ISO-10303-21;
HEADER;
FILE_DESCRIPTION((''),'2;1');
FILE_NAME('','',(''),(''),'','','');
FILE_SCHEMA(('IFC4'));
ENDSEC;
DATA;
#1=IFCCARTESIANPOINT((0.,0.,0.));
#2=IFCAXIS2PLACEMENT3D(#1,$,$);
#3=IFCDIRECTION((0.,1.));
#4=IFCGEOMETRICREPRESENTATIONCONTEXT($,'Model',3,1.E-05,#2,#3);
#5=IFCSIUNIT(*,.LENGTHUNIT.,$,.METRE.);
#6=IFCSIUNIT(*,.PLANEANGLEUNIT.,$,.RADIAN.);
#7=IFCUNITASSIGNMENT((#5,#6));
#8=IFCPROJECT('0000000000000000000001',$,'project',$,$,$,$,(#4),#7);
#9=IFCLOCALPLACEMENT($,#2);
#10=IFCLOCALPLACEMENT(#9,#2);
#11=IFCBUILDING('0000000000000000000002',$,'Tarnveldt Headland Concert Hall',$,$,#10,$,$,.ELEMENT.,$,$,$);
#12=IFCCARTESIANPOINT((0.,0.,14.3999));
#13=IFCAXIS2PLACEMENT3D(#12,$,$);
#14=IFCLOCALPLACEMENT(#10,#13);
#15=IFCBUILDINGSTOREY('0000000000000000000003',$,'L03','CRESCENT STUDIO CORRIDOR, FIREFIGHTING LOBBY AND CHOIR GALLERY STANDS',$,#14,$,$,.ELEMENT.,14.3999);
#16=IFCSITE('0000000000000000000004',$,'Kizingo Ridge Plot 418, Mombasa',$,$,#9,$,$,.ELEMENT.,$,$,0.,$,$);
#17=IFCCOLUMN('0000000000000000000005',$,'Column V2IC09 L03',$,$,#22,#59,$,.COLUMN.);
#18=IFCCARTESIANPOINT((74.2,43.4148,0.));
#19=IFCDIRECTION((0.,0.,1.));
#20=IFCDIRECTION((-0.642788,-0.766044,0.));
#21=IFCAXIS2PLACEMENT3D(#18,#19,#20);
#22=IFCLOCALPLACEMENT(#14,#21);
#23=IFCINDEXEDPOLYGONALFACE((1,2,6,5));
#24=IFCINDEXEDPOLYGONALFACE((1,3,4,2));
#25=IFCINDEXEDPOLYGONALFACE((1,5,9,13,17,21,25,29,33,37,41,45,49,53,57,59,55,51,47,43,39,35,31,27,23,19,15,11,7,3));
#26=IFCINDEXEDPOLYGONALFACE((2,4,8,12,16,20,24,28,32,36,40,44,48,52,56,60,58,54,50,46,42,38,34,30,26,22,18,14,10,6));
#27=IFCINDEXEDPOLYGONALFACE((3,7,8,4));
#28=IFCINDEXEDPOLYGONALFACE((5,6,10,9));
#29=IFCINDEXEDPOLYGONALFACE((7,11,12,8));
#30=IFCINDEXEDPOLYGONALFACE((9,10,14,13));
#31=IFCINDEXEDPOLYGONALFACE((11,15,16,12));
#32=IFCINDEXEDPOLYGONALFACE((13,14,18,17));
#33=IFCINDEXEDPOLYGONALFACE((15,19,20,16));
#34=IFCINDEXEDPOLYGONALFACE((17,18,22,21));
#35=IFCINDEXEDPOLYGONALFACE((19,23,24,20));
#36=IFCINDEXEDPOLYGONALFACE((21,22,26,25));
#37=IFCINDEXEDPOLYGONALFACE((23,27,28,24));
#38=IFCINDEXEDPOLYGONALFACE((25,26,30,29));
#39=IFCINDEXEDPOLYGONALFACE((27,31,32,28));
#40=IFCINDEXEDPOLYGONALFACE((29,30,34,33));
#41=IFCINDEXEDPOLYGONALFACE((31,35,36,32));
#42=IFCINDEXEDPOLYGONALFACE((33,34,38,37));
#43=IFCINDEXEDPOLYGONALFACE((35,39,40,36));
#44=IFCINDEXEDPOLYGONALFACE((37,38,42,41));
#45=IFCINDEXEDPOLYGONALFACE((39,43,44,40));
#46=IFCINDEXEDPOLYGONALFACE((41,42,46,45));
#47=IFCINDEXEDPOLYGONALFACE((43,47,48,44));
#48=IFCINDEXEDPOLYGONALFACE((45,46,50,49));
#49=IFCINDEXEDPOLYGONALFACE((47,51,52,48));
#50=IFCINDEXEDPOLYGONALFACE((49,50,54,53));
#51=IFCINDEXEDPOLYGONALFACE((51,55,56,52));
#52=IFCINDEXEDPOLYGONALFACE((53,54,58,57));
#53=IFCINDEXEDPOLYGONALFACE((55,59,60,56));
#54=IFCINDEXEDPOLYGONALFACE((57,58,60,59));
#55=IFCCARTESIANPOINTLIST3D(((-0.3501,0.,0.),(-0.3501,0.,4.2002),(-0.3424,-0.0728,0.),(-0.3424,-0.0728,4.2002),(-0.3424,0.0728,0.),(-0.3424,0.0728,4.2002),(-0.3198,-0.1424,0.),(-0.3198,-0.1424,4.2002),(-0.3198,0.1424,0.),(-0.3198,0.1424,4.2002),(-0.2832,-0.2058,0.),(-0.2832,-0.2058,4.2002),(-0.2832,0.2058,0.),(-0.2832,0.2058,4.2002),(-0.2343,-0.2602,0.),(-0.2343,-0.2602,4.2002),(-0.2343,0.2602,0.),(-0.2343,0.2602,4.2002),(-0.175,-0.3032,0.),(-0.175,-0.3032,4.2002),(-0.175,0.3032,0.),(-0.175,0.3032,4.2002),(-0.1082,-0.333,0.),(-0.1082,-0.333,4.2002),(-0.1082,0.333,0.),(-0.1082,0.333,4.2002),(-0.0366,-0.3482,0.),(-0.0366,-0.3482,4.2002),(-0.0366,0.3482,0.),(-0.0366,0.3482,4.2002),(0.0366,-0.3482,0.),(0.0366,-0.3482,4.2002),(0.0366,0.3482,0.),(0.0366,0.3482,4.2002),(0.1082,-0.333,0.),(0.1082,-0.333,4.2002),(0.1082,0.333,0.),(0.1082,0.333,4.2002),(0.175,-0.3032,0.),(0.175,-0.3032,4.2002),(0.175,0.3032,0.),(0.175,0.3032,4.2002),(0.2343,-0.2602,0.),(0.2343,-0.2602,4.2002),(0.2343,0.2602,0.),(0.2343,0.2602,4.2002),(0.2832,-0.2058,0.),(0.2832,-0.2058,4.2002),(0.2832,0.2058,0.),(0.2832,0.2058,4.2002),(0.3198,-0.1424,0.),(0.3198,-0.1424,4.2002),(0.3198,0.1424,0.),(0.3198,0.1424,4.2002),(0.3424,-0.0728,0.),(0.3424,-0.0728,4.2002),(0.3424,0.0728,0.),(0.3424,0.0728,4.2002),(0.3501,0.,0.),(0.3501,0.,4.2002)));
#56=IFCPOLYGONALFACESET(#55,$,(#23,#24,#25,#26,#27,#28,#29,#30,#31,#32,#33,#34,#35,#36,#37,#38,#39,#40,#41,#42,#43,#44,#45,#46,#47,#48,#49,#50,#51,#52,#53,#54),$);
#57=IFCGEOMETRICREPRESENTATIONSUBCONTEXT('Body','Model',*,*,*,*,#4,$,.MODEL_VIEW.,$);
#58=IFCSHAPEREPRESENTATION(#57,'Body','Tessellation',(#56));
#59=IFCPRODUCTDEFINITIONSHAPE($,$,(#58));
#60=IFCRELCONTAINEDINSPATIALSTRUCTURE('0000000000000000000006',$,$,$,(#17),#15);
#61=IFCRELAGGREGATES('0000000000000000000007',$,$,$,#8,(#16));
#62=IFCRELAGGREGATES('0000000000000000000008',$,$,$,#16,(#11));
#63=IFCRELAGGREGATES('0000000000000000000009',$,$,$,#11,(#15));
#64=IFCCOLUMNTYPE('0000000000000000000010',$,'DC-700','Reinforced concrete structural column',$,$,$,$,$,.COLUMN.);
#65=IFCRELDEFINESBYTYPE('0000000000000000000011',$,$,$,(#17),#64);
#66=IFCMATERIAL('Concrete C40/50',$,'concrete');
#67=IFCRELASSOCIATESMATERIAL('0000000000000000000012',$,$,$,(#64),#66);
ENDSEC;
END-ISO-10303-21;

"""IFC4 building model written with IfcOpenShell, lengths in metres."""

from ifc_helpers import new_model, si_unit, direction, frame, origin, origin_2d, place, context, subcontext, project, spatial, circle, extrude, material, material_profile, profile_set, type_object, element, save


model = new_model("IFC4")

# Units and contexts
model_context = context("Model", 3, precision=1e-05, world=origin(), true_north=direction((0.0, 1.0)))
body_context = subcontext(model_context, "Body", "Model", "MODEL_VIEW")
ifc_project = project(units=[si_unit("LENGTHUNIT", "METRE"), si_unit("PLANEANGLEUNIT", "RADIAN")], contexts=[model_context])

# Site, building, storey
site_placement = place(None, origin())
site = spatial("IfcSite", under=ifc_project, at=site_placement, Name="Kizingo Ridge Plot 418, Mombasa", CompositionType="ELEMENT", RefElevation=0.0)
building_placement = place(site_placement, origin())
building = spatial("IfcBuilding", under=site, at=building_placement, Name="Tarnveldt Headland Concert Hall", CompositionType="ELEMENT")
storey_placement = place(building_placement, frame((0.0, 0.0, 14.3999)))
storey = spatial("IfcBuildingStorey", under=building, at=storey_placement, Name="L03", Description="CRESCENT STUDIO CORRIDOR, FIREFIGHTING LOBBY AND CHOIR GALLERY STANDS", CompositionType="ELEMENT", Elevation=14.3999)

# Column
ifc_material_1 = material(Name="Concrete C40/50", Category="concrete")
ifc_material_profile_1 = material_profile(ifc_material_1, circle(Radius=0.3501, at=origin_2d()), Name="RC D700", Category="concrete")
ifc_profile_set_1 = profile_set([ifc_material_profile_1], Name="Concrete C40/50")
column_type_1 = type_object("IfcColumnType", Name="DC-700", Description="Reinforced concrete structural column", PredefinedType="COLUMN", material=ifc_profile_set_1)
column_placement = place(storey_placement, frame((74.2, 43.4148, 0.0), z_axis=(0.0, 0.0, 1.0), x_axis=(-0.642788, -0.766044, 0.0)))
element("IfcColumn", 1, at=column_placement, inside=storey, type_object=column_type_1, Name="Column V2IC09 L03", PredefinedType="COLUMN", context=body_context, shape_type="SweptSolid", body=[
    extrude(circle(Radius=0.3501, at=origin_2d()), origin(), (0.0, 0.0, 1.0), 4.2002),
])

save(model, "model.ifc")
